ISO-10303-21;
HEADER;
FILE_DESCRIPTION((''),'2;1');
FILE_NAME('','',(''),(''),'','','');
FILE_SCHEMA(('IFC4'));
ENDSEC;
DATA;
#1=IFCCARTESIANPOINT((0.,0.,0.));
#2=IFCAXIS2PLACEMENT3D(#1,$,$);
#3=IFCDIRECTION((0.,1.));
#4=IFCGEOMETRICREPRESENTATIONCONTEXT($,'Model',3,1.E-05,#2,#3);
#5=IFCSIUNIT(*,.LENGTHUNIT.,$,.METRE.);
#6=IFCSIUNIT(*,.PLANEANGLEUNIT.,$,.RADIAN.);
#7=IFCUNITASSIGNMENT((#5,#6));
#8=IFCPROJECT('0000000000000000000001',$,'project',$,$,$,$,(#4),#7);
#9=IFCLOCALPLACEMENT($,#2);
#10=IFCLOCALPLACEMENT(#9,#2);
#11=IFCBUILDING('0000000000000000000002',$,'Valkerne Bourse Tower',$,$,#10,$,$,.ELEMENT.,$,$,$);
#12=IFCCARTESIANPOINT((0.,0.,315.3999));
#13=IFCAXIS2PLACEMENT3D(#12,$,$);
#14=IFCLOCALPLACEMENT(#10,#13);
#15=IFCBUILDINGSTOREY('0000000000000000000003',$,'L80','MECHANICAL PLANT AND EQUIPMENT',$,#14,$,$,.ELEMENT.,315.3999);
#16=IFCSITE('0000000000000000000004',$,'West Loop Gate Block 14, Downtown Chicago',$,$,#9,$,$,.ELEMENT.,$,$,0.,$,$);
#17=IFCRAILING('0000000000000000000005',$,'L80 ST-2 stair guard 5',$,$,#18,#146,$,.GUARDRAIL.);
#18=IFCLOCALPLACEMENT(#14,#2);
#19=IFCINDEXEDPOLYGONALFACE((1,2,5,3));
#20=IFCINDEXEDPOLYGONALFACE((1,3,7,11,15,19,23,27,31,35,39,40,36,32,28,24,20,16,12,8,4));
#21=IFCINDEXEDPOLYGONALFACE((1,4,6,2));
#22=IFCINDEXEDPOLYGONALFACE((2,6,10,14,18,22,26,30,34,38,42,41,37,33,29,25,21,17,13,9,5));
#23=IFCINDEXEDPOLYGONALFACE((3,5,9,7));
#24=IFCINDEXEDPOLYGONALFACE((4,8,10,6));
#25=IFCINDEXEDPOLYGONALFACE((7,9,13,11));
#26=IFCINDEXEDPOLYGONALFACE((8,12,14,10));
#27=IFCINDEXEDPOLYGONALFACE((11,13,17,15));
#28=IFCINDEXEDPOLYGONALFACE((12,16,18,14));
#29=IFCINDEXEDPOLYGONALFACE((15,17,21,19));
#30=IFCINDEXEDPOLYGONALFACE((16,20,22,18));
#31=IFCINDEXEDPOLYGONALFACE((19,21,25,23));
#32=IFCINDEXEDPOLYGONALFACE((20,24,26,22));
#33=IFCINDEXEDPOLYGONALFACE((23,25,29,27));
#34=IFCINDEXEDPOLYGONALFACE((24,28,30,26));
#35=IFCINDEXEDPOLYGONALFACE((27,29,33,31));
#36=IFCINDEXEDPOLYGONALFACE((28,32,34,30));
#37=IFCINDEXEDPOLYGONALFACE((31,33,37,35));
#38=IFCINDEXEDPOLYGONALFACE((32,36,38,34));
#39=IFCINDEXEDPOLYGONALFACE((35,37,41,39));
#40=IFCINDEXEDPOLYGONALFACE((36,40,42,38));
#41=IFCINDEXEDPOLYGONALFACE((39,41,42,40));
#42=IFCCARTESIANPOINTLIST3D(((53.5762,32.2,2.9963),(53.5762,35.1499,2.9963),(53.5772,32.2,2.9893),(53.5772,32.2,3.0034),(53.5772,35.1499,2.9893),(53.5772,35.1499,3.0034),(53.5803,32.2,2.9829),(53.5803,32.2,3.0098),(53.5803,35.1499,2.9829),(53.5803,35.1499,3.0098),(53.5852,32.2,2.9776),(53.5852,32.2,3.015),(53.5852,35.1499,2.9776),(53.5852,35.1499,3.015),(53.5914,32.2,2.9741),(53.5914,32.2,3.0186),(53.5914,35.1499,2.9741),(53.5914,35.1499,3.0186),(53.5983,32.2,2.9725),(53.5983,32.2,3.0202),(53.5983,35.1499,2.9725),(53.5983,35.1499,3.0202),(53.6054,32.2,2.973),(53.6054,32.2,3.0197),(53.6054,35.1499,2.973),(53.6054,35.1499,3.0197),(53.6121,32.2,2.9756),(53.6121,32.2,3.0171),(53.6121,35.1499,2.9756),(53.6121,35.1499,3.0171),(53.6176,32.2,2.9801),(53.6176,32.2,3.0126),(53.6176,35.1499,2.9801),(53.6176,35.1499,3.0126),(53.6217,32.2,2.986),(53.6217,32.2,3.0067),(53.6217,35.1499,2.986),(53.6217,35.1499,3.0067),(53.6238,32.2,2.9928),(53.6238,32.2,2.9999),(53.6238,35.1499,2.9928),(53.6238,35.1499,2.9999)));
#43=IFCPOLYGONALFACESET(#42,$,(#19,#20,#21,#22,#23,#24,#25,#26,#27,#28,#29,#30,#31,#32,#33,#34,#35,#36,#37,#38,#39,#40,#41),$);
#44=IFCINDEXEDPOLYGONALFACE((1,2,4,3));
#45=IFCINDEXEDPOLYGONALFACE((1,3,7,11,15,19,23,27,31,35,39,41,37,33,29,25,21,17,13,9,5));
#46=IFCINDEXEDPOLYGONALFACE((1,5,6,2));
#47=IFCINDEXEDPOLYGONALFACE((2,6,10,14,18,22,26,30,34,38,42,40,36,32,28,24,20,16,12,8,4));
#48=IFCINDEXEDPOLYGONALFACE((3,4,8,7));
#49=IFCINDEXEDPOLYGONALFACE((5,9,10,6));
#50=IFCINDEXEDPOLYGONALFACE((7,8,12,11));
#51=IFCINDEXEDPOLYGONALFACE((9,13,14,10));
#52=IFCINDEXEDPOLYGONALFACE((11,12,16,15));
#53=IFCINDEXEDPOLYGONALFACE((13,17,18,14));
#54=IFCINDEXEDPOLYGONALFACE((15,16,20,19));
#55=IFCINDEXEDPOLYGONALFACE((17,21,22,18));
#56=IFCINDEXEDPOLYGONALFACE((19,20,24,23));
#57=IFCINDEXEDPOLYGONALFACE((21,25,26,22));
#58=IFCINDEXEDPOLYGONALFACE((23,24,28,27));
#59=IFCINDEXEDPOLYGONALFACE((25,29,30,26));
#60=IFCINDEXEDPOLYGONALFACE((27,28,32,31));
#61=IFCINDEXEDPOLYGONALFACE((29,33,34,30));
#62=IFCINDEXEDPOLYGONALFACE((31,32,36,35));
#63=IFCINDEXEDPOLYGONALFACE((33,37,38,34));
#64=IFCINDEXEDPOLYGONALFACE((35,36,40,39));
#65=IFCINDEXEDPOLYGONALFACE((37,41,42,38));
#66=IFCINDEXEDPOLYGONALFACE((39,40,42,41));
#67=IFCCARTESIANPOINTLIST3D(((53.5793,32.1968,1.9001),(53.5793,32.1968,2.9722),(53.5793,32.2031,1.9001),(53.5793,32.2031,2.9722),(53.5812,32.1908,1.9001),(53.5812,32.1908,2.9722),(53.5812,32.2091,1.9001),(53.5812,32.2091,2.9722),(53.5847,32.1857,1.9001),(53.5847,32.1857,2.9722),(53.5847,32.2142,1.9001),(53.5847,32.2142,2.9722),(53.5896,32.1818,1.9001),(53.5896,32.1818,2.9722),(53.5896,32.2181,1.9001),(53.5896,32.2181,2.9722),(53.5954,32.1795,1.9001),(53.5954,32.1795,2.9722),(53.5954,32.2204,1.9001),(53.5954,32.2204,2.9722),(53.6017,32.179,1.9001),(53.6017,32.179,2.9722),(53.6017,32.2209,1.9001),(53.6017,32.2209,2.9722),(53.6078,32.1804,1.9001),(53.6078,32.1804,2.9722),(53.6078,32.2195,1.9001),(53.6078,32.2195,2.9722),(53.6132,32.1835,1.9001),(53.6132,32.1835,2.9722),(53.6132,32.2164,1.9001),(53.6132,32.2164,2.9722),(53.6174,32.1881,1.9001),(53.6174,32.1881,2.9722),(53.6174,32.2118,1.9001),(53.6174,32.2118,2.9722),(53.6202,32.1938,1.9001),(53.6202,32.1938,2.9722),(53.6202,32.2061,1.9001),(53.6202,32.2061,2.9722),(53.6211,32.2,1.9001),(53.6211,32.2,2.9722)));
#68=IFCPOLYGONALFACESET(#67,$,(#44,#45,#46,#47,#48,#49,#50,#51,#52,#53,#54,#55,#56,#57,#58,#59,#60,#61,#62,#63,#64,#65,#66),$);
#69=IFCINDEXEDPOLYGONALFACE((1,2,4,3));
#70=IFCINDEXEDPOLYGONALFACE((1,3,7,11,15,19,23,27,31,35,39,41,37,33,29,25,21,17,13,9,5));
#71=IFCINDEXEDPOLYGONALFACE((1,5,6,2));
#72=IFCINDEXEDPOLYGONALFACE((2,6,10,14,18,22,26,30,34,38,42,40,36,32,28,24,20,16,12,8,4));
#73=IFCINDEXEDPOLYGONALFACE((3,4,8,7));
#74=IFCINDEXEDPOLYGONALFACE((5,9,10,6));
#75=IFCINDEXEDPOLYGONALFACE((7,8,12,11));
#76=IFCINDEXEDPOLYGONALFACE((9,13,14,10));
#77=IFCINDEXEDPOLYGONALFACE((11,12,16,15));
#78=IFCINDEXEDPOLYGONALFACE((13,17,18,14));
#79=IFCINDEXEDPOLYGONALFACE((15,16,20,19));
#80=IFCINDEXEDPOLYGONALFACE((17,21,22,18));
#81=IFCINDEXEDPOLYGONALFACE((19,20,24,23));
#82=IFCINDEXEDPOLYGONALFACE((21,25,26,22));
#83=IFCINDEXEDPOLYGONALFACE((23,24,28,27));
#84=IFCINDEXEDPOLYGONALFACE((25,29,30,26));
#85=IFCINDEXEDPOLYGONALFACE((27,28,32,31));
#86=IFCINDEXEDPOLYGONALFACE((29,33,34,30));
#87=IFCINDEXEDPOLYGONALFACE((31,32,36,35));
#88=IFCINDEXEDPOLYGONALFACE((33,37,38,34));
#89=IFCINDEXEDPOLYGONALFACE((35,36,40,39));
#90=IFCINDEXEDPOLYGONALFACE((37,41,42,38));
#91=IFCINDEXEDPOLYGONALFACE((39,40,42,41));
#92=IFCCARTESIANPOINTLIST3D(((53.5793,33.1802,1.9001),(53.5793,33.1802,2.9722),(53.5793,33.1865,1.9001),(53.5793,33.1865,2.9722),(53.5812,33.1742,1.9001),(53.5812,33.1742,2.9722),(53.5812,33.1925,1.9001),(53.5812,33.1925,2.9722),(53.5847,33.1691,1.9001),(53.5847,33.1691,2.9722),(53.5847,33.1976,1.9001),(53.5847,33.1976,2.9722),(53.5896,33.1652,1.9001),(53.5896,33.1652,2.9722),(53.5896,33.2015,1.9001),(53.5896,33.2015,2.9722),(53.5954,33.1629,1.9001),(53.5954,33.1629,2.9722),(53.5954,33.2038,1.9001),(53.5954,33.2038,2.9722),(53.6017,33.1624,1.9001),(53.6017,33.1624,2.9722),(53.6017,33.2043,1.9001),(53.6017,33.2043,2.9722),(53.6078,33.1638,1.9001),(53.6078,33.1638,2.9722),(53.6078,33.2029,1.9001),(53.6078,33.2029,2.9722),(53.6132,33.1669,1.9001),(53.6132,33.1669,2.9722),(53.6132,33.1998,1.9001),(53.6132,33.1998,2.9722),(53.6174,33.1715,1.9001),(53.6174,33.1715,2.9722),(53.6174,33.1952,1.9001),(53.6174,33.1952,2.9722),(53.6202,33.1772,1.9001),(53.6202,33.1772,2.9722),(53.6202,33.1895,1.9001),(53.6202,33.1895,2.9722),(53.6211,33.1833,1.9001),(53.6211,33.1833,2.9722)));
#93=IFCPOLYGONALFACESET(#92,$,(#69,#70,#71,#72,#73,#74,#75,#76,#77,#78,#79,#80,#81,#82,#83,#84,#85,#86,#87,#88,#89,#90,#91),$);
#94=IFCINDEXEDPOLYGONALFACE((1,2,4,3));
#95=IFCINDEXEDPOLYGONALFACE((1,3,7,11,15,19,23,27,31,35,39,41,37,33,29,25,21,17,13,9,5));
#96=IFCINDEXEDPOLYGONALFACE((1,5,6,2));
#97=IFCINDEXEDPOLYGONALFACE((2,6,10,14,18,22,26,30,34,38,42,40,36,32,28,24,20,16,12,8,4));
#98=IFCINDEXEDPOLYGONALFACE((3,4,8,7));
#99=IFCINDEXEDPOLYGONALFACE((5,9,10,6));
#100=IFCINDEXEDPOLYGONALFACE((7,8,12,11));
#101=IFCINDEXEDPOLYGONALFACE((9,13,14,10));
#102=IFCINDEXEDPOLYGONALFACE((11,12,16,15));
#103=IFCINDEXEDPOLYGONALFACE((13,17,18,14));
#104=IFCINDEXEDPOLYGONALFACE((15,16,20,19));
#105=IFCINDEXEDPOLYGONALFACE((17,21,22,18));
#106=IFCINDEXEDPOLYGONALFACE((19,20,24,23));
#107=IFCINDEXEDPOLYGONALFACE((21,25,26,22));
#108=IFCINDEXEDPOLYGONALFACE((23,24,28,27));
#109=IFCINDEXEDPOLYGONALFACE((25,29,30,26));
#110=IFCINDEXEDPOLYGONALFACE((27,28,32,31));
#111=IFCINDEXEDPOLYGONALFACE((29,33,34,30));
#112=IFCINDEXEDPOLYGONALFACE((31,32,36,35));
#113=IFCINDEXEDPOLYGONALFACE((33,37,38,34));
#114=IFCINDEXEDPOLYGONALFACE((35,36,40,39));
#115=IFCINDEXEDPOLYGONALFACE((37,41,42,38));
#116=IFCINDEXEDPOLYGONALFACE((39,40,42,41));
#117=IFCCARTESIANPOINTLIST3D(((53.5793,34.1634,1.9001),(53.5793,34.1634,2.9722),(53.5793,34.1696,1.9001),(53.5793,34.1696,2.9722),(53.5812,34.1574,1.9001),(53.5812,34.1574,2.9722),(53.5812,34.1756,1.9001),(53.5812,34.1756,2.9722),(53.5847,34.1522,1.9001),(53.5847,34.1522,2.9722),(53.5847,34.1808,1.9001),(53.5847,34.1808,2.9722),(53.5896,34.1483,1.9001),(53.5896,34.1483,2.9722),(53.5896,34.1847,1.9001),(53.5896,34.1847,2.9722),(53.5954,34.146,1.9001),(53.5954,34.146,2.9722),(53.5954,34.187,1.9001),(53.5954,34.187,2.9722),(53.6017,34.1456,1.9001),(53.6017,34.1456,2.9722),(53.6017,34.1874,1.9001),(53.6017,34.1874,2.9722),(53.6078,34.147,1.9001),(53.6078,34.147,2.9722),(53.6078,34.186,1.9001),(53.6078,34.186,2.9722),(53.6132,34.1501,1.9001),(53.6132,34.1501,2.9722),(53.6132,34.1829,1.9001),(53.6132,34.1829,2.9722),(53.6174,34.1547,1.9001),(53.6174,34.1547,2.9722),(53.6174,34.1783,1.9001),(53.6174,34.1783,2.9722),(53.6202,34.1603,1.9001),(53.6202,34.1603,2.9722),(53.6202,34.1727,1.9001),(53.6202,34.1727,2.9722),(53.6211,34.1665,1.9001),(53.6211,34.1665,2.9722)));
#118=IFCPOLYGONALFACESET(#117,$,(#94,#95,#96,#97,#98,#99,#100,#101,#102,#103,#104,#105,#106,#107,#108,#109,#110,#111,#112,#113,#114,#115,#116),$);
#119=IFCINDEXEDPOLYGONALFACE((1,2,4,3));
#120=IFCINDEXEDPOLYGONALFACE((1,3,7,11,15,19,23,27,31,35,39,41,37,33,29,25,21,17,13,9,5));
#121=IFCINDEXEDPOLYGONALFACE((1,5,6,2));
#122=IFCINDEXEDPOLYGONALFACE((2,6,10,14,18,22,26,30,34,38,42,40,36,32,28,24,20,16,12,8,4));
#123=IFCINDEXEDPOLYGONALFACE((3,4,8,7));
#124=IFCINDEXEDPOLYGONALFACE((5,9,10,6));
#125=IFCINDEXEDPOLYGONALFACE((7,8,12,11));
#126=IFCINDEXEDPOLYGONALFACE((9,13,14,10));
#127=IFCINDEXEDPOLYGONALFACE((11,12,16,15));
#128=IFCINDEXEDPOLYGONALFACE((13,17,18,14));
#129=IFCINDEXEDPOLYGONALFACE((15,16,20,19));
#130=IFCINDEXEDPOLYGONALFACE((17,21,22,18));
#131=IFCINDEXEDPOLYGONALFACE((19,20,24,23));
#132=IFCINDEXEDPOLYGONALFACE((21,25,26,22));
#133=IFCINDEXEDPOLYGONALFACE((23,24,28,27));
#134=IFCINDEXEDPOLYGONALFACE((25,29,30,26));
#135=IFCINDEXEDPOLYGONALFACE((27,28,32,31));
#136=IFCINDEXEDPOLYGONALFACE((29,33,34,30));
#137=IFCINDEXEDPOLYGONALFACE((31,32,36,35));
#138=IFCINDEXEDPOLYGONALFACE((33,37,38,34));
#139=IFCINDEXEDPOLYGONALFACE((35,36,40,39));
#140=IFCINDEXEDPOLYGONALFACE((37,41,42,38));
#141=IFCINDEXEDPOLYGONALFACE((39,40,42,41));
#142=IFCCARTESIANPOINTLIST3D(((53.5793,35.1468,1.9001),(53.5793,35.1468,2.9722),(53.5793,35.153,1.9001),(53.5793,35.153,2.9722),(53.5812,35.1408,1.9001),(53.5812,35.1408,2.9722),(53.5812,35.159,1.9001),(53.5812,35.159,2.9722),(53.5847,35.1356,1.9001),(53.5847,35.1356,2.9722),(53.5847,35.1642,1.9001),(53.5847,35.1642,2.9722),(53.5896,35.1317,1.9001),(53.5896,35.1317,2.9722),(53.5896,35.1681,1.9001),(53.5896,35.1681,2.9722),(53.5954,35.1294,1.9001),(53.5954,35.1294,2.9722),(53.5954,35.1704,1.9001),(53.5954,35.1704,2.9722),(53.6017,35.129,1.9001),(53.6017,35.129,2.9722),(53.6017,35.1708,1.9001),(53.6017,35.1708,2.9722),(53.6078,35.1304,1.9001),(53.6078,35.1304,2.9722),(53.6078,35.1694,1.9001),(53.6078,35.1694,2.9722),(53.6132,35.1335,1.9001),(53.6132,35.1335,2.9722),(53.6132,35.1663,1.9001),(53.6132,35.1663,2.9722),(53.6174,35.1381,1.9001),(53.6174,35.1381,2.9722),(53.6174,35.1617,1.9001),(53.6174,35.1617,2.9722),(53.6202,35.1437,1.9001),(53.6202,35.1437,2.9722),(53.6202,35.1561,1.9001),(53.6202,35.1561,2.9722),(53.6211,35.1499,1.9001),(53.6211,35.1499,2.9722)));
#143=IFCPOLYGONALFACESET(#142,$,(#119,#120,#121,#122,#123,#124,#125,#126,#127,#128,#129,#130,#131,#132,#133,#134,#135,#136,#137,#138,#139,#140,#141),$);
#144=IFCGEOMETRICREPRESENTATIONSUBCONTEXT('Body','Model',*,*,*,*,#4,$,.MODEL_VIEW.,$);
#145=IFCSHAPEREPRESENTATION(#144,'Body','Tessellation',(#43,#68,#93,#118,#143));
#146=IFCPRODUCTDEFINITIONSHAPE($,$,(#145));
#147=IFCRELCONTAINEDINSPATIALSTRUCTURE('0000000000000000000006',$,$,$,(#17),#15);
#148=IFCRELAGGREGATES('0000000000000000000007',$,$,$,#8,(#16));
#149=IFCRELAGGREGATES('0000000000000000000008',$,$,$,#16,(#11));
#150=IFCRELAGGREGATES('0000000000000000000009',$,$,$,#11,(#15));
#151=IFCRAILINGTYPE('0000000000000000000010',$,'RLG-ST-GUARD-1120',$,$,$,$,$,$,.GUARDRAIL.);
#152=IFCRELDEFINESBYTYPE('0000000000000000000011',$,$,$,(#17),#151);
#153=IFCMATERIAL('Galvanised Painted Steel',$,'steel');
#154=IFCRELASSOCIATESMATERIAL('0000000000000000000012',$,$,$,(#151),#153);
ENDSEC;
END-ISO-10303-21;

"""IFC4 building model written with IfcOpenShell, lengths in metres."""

from ifc_helpers import new_model, si_unit, direction, frame, origin, origin_2d, place, context, subcontext, project, spatial, circle, extrude, material, type_object, element, save


model = new_model("IFC4")

# Units and contexts
model_context = context("Model", 3, precision=1e-05, world=origin(), true_north=direction((0.0, 1.0)))
body_context = subcontext(model_context, "Body", "Model", "MODEL_VIEW")
ifc_project = project(units=[si_unit("LENGTHUNIT", "METRE"), si_unit("PLANEANGLEUNIT", "RADIAN")], contexts=[model_context])

# Site, building, storey
site_placement = place(None, origin())
site = spatial("IfcSite", under=ifc_project, at=site_placement, Name="West Loop Gate Block 14, Downtown Chicago", CompositionType="ELEMENT", RefElevation=0.0)
building_placement = place(site_placement, origin())
building = spatial("IfcBuilding", under=site, at=building_placement, Name="Valkerne Bourse Tower", CompositionType="ELEMENT")
storey_placement = place(building_placement, frame((0.0, 0.0, 315.3999)))
storey = spatial("IfcBuildingStorey", under=building, at=storey_placement, Name="L80", Description="MECHANICAL PLANT AND EQUIPMENT", CompositionType="ELEMENT", Elevation=315.3999)

# Railing
ifc_material_1 = material(Name="Galvanised Painted Steel", Category="steel")
railing_type_1 = type_object("IfcRailingType", Name="RLG-ST-GUARD-1120", PredefinedType="GUARDRAIL", material=ifc_material_1)
railing_1_placement = place(storey_placement, frame((53.6001, 32.2, 1.9001)))
element("IfcRailing", 1, at=railing_1_placement, inside=storey, type_object=railing_type_1, Name="L80 ST-2 stair guard 5", PredefinedType="GUARDRAIL", context=body_context, shape_type="SweptSolid", body=[
    extrude(circle(Radius=0.0239, at=origin_2d()), frame((0.0, 0.0, 1.0962), z_axis=(0.0, 1.0, 0.0), x_axis=(-1.0, 0.0, 0.0)), (0.0, 0.0, 1.0), 2.95),
    extrude(circle(Radius=0.021, at=origin_2d()), origin(), (0.0, 0.0, 1.0), 1.072),
    extrude(circle(Radius=0.021, at=origin_2d()), frame((0.0, 0.9834, 0.0)), (0.0, 0.0, 1.0), 1.072),
    extrude(circle(Radius=0.021, at=origin_2d()), frame((0.0, 1.9666, 0.0)), (0.0, 0.0, 1.0), 1.072),
    extrude(circle(Radius=0.021, at=origin_2d()), frame((0.0, 2.95, 0.0)), (0.0, 0.0, 1.0), 1.072),
])

save(model, "model.ifc")
